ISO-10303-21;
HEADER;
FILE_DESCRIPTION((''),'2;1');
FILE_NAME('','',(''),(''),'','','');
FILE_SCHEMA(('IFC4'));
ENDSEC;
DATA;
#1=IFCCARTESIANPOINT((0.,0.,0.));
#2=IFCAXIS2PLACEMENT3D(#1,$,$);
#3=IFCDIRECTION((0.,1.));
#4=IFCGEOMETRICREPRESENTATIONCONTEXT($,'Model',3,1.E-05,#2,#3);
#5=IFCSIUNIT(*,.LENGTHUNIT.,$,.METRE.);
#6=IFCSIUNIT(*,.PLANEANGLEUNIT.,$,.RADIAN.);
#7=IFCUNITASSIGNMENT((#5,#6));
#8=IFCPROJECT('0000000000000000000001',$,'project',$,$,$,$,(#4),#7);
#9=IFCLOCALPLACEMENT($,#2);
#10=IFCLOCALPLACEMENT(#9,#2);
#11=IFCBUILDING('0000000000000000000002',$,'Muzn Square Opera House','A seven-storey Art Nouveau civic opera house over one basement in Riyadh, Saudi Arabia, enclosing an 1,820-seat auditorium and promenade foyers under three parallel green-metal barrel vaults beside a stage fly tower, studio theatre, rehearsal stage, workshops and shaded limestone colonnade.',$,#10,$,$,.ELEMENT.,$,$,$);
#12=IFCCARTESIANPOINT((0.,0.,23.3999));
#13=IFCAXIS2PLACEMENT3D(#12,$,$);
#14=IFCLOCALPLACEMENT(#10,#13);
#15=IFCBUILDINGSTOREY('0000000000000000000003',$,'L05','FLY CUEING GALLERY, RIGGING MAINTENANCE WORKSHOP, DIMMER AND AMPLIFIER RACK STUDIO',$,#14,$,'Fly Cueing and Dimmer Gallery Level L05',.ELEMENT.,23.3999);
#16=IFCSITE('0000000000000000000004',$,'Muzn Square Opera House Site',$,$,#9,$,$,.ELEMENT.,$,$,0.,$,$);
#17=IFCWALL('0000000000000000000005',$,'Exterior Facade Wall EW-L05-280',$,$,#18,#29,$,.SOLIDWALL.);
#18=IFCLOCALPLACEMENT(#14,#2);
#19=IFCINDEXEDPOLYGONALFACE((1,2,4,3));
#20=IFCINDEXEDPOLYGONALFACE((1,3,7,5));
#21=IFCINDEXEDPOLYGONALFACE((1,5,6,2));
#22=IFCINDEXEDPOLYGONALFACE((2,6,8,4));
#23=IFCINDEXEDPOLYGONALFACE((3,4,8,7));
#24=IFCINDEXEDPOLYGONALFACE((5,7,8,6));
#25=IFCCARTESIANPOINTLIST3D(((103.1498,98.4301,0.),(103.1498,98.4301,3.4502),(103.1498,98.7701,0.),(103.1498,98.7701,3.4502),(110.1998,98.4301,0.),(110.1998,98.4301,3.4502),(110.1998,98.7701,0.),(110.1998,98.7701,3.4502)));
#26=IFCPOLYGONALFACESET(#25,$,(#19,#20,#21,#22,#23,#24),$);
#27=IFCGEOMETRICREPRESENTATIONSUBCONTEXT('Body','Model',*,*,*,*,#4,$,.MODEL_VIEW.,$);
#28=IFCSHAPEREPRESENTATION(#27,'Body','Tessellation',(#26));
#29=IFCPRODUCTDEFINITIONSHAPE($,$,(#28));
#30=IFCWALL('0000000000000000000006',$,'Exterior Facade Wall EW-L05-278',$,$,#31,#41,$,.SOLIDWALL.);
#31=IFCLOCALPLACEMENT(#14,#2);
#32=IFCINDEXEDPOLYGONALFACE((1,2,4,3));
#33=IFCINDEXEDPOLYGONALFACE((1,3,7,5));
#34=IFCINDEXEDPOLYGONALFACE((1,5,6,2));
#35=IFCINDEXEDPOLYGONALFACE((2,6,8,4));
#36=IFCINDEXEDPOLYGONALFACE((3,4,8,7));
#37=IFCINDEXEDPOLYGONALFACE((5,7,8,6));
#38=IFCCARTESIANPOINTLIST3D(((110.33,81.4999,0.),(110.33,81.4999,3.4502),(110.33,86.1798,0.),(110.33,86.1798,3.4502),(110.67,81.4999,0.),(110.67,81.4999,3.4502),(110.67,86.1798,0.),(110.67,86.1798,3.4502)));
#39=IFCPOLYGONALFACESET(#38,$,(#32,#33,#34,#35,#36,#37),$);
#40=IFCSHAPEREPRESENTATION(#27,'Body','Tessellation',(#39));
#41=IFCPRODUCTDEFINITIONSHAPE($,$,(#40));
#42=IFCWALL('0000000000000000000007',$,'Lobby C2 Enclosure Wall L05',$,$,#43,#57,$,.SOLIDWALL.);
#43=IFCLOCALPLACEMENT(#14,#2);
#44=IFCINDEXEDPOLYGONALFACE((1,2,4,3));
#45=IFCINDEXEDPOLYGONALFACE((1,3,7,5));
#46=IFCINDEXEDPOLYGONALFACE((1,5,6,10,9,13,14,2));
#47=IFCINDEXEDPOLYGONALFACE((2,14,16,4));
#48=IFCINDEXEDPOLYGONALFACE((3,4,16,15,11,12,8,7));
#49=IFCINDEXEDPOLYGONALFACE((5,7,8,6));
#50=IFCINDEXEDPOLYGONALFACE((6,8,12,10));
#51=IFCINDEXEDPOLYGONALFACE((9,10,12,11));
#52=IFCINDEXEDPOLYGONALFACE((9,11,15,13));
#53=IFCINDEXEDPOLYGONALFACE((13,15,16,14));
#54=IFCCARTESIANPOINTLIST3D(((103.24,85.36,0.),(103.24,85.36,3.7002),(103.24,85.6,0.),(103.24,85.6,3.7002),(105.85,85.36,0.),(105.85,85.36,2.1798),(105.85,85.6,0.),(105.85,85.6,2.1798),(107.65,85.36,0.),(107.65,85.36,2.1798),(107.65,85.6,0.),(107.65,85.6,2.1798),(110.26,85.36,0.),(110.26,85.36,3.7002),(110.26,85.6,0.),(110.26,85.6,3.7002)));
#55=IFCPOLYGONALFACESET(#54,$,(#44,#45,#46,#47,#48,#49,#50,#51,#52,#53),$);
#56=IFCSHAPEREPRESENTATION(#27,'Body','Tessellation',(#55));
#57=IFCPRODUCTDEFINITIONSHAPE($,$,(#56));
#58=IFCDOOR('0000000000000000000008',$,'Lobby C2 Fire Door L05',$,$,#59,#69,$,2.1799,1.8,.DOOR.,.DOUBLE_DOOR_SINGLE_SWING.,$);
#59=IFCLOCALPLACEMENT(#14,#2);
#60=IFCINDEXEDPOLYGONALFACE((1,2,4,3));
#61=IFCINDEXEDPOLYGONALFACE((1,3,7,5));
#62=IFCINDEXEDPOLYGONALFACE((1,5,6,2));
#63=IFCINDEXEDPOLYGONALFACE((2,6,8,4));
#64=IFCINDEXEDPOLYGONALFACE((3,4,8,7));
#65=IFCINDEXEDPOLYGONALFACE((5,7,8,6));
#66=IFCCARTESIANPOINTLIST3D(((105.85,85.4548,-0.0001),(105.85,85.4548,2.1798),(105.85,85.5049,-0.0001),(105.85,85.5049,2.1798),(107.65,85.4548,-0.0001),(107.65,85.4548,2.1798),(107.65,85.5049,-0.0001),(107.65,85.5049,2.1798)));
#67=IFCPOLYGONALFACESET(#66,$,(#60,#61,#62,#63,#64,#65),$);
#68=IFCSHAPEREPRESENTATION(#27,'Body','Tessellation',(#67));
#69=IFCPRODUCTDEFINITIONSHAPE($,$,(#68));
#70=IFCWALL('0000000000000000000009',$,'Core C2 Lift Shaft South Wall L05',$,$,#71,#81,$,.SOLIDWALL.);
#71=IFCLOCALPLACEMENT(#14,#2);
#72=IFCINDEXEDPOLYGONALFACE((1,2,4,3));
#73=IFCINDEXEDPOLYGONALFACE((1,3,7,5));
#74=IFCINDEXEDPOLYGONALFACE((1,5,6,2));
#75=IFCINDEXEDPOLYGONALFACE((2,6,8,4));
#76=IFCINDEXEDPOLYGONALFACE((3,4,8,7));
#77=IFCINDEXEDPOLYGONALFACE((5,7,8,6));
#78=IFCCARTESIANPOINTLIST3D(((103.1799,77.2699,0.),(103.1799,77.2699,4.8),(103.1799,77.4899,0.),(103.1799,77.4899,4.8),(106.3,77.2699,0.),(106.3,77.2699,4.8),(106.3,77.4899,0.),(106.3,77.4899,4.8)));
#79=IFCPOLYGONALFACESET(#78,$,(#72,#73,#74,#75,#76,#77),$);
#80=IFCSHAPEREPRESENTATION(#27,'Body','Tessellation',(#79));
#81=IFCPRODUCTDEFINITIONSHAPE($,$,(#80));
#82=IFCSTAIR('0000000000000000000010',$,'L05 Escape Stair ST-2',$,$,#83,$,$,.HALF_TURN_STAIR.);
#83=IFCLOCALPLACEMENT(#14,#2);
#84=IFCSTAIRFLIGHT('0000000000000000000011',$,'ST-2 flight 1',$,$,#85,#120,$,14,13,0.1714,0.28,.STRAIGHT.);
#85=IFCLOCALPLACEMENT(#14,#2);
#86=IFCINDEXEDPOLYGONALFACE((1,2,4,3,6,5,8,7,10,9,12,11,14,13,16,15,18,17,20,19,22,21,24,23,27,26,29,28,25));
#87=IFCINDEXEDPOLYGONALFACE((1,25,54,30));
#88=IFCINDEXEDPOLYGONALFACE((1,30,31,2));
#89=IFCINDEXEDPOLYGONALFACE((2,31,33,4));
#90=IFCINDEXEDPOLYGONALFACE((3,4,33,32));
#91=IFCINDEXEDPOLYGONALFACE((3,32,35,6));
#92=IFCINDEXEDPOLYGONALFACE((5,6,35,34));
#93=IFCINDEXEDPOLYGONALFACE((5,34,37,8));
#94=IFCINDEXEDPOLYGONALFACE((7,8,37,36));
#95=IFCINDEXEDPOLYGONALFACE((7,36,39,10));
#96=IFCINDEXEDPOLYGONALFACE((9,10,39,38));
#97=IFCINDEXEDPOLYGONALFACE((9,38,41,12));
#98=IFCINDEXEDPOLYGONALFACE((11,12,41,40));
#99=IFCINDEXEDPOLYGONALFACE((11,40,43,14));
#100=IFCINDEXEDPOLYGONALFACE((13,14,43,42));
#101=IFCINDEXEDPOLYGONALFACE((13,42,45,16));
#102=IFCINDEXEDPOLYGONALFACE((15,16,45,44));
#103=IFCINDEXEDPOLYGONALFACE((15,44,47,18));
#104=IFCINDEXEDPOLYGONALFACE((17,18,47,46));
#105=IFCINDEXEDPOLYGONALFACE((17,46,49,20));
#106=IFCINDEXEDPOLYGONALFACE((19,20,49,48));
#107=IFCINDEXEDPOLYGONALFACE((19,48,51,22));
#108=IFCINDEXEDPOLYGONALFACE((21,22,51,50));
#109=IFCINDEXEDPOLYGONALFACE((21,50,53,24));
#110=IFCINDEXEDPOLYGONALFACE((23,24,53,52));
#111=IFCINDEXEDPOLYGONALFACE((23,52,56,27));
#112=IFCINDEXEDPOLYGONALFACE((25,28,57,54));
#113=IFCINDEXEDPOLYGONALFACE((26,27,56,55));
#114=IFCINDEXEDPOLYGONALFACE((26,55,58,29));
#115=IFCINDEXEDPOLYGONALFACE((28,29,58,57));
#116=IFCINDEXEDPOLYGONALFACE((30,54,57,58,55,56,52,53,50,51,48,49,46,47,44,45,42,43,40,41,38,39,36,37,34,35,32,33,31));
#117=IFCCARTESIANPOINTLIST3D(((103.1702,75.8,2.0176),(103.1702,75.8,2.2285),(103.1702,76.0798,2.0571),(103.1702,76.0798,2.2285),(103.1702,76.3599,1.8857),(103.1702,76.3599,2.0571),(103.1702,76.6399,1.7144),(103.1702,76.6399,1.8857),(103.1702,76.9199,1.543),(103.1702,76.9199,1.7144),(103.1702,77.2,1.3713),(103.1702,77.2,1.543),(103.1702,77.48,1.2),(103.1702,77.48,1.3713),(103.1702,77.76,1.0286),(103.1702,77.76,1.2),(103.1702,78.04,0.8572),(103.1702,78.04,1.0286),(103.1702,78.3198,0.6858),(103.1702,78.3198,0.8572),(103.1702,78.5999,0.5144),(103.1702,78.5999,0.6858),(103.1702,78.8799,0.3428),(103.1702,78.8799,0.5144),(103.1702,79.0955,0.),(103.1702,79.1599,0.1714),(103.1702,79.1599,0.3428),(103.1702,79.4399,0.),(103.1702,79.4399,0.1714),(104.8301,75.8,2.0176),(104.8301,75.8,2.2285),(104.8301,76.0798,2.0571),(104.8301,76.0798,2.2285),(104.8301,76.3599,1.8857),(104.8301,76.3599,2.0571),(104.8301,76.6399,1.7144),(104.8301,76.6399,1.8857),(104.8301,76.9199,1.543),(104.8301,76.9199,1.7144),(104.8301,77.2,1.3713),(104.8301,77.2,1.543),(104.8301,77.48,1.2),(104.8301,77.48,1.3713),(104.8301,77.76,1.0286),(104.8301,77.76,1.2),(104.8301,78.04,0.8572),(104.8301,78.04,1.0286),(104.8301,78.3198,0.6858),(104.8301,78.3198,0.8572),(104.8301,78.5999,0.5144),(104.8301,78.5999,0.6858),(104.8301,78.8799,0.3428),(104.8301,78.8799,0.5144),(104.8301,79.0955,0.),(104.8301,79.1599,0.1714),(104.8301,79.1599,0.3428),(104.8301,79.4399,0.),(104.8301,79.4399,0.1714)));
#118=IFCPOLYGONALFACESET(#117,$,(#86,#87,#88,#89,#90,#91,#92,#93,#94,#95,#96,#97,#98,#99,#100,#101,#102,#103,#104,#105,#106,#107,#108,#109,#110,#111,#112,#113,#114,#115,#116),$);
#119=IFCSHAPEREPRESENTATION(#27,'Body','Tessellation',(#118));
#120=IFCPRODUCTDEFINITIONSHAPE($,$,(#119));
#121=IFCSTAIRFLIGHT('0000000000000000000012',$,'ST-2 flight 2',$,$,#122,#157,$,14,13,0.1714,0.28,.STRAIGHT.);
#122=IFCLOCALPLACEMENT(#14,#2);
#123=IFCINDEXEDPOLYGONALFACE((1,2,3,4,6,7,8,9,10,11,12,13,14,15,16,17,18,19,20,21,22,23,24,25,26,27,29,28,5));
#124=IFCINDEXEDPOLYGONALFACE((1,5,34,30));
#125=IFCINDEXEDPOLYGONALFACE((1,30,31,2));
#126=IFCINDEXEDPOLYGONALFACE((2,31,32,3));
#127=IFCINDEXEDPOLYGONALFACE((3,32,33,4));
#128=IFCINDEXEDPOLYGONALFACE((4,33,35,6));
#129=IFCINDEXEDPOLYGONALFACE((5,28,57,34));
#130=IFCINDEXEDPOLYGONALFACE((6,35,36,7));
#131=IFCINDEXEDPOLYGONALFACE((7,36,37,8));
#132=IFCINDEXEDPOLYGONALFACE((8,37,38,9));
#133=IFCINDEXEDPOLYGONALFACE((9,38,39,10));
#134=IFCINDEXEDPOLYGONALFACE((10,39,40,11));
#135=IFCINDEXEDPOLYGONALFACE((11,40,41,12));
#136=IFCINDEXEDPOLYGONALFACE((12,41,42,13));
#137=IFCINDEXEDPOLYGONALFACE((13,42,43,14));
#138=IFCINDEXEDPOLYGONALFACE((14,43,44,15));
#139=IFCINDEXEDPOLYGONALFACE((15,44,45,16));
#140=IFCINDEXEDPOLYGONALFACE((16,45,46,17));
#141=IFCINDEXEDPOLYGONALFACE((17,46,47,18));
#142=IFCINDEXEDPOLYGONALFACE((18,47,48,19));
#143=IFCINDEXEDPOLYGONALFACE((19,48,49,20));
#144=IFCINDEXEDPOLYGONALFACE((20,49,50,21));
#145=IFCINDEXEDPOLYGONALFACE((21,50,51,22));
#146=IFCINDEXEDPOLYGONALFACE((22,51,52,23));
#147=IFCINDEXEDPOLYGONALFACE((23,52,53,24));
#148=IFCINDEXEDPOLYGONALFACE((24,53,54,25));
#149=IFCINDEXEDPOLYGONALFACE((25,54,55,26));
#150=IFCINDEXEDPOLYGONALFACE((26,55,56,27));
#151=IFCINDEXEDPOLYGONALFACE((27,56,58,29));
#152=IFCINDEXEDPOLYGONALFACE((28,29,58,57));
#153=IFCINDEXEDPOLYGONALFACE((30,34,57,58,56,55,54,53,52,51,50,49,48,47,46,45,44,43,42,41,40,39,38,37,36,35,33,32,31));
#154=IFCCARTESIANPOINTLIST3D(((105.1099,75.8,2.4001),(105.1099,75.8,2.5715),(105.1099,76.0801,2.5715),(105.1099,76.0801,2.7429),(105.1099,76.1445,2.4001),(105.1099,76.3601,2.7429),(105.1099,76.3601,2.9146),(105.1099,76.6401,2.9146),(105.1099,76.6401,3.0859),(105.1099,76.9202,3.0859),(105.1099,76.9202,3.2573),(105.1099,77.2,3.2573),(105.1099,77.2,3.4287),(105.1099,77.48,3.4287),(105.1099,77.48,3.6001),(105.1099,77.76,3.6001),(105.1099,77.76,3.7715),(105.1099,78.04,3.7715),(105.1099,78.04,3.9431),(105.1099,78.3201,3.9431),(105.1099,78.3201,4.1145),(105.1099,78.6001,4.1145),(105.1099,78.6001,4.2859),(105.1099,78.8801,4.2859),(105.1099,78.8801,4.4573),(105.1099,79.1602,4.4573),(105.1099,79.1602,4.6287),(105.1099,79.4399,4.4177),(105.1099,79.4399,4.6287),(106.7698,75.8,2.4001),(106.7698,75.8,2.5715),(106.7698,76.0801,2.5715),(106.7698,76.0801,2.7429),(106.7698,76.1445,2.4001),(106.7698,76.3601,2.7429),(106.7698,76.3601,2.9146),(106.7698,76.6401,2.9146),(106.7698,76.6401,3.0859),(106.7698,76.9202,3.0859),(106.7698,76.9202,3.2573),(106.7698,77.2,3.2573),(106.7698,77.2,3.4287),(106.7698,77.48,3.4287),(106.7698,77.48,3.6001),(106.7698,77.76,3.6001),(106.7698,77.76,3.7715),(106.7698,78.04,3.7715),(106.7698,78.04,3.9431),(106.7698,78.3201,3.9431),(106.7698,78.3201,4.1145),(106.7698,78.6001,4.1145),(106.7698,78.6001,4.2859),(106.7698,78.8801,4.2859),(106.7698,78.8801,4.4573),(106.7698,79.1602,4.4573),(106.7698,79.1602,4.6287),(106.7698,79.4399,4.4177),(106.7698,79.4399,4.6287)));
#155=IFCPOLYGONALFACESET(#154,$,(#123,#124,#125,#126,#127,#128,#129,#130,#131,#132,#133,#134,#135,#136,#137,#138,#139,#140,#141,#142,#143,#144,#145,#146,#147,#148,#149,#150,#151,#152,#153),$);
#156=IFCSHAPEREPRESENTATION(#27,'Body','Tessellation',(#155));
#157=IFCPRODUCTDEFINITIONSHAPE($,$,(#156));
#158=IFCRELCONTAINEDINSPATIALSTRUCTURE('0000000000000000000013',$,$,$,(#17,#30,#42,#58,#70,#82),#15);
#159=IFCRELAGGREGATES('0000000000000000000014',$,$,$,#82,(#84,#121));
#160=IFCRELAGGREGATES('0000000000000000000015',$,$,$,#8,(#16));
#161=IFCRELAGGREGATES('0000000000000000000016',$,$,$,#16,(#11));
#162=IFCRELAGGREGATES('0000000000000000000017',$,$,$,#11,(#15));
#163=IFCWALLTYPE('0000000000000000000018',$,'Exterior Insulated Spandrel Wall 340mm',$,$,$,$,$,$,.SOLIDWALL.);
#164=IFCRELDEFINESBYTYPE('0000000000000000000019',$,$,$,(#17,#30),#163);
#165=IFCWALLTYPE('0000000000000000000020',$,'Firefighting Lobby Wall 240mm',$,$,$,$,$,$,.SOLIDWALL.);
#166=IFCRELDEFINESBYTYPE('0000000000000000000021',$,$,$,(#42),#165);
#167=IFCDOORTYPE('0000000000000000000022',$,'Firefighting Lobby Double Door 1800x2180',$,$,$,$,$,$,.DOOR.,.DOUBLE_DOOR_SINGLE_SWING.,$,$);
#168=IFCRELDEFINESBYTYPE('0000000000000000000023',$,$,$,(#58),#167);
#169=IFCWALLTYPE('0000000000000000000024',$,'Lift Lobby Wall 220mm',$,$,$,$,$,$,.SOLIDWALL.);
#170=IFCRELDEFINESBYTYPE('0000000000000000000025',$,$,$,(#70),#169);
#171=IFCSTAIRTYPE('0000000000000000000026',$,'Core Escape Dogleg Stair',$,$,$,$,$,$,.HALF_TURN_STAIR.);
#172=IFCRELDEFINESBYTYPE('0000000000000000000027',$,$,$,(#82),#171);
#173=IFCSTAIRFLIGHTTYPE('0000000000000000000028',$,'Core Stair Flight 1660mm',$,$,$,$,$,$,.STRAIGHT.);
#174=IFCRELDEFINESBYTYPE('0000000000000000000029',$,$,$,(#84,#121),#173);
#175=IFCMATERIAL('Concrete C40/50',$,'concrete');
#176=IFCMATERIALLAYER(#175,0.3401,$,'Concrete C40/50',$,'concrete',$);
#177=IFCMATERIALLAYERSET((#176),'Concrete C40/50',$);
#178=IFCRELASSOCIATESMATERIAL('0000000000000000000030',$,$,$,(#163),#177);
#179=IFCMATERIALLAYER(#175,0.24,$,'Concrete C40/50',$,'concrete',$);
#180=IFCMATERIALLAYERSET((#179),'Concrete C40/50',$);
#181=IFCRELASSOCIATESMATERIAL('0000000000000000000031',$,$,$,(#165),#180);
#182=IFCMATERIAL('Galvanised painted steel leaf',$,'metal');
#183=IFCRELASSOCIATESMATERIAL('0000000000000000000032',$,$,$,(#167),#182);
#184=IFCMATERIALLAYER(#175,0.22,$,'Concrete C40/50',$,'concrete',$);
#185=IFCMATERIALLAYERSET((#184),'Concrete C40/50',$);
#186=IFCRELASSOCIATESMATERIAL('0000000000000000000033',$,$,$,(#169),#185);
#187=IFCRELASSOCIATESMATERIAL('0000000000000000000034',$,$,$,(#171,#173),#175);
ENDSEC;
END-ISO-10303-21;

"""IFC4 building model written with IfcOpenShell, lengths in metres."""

from ifc_helpers import new_model, si_unit, direction, frame, frame_2d, origin, place, context, subcontext, project, spatial, polyline, rectangle, outline, extrude, material, layer, layer_set, type_object, element, fill, aggregate, save


model = new_model("IFC4")

# Units and contexts
model_context = context("Model", 3, precision=1e-05, world=origin(), true_north=direction((0.0, 1.0)))
body_context = subcontext(model_context, "Body", "Model", "MODEL_VIEW")
ifc_project = project(units=[si_unit("LENGTHUNIT", "METRE"), si_unit("PLANEANGLEUNIT", "RADIAN")], contexts=[model_context])

# Site, building, storey
site_placement = place(None, origin())
site = spatial("IfcSite", under=ifc_project, at=site_placement, Name="Muzn Square Opera House Site", CompositionType="ELEMENT", RefElevation=0.0)
building_placement = place(site_placement, origin())
building = spatial("IfcBuilding", under=site, at=building_placement, Name="Muzn Square Opera House", Description="A seven-storey Art Nouveau civic opera house over one basement in Riyadh, Saudi Arabia, enclosing an 1,820-seat auditorium and promenade foyers under three parallel green-metal barrel vaults beside a stage fly tower, studio theatre, rehearsal stage, workshops and shaded limestone colonnade.", CompositionType="ELEMENT")
storey_placement = place(building_placement, frame((0.0, 0.0, 23.3999)))
storey = spatial("IfcBuildingStorey", under=building, at=storey_placement, Name="L05", Description="FLY CUEING GALLERY, RIGGING MAINTENANCE WORKSHOP, DIMMER AND AMPLIFIER RACK STUDIO", LongName="Fly Cueing and Dimmer Gallery Level L05", CompositionType="ELEMENT", Elevation=23.3999)

# Shared definitions
ifc_material_1 = material(Name="Concrete C40/50", Category="concrete")

# Walls
ifc_layer_1 = layer(ifc_material_1, 0.3401, Name="Concrete C40/50", Category="concrete")
ifc_layer_set_1 = layer_set([ifc_layer_1], Name="Concrete C40/50")
wall_type_1 = type_object("IfcWallType", Name="Exterior Insulated Spandrel Wall 340mm", PredefinedType="SOLIDWALL", material=ifc_layer_set_1)
wall_1_placement = place(storey_placement, frame((103.1499, 98.6001, 0.0), z_axis=(0.0, 0.0, 1.0), x_axis=(1.0, 0.0, 0.0)))
element("IfcWall", 1, at=wall_1_placement, inside=storey, type_object=wall_type_1, Name="Exterior Facade Wall EW-L05-280", PredefinedType="SOLIDWALL", context=body_context, shape_type="SweptSolid", body=[
    extrude(rectangle(XDim=7.05, YDim=0.3401, at=frame_2d((3.5249, 0.0))), origin(), (0.0, 0.0, 1.0), 3.4502),
])
wall_2_placement = place(storey_placement, frame((110.5, 81.5, 0.0), z_axis=(0.0, 0.0, 1.0), x_axis=(0.0, 1.0, 0.0)))
element("IfcWall", 2, at=wall_2_placement, inside=storey, type_object=wall_type_1, Name="Exterior Facade Wall EW-L05-278", PredefinedType="SOLIDWALL", context=body_context, shape_type="SweptSolid", body=[
    extrude(rectangle(XDim=4.6799, YDim=0.3401, at=frame_2d((2.3398, 0.0))), origin(), (0.0, 0.0, 1.0), 3.4502),
])

# Wall, opening, door
ifc_layer_2 = layer(ifc_material_1, 0.24, Name="Concrete C40/50", Category="concrete")
ifc_layer_set_2 = layer_set([ifc_layer_2], Name="Concrete C40/50")
wall_type_2 = type_object("IfcWallType", Name="Firefighting Lobby Wall 240mm", PredefinedType="SOLIDWALL", material=ifc_layer_set_2)
wall_3_placement = place(storey_placement, frame((103.24, 85.48, 0.0), z_axis=(0.0, 0.0, 1.0), x_axis=(1.0, 0.0, 0.0)))
wall_3 = element("IfcWall", 3, at=wall_3_placement, inside=storey, type_object=wall_type_2, Name="Lobby C2 Enclosure Wall L05", PredefinedType="SOLIDWALL", context=body_context, shape_type="SweptSolid", body=[
    extrude(rectangle(XDim=7.02, YDim=0.24, at=frame_2d((3.51, 0.0))), origin(), (0.0, 0.0, 1.0), 3.7002),
])
opening_1_placement = place(wall_3_placement, frame((2.6101, 0.0, 0.0)))
opening_1 = element("IfcOpeningElement", 4, at=opening_1_placement, cuts=wall_3, PredefinedType="OPENING", context=body_context, shape_type="SweptSolid", body=[
    extrude(rectangle(XDim=1.8, YDim=2.1799, at=frame_2d((0.8999, 1.0898))), frame((0.0, 0.1299, 0.0), z_axis=(0.0, -1.0, 0.0), x_axis=(1.0, 0.0, 0.0)), (0.0, 0.0, 1.0), 0.26),
])
ifc_material_2 = material(Name="Galvanised painted steel leaf", Category="metal")
door_type = type_object("IfcDoorType", Name="Firefighting Lobby Double Door 1800x2180", OperationType="DOUBLE_DOOR_SINGLE_SWING", PredefinedType="DOOR", material=ifc_material_2)
door_placement = place(opening_1_placement, origin())
door = element("IfcDoor", 5, at=door_placement, inside=storey, type_object=door_type, Name="Lobby C2 Fire Door L05", OperationType="DOUBLE_DOOR_SINGLE_SWING", OverallHeight=2.1799, OverallWidth=1.8, PredefinedType="DOOR", context=body_context, shape_type="SweptSolid", body=[
    extrude(rectangle(XDim=1.8, YDim=2.1799, at=frame_2d((0.8999, 1.0898))), frame((0.0, 0.0249, 0.0), z_axis=(0.0, -1.0, 0.0), x_axis=(1.0, 0.0, 0.0)), (0.0, 0.0, 1.0), 0.05),
])
fill(opening_1, door)

# Wall
ifc_layer_3 = layer(ifc_material_1, 0.22, Name="Concrete C40/50", Category="concrete")
ifc_layer_set_3 = layer_set([ifc_layer_3], Name="Concrete C40/50")
wall_type_3 = type_object("IfcWallType", Name="Lift Lobby Wall 220mm", PredefinedType="SOLIDWALL", material=ifc_layer_set_3)
wall_4_placement = place(storey_placement, frame((103.1799, 77.3799, 0.0), z_axis=(0.0, 0.0, 1.0), x_axis=(1.0, 0.0, 0.0)))
element("IfcWall", 6, at=wall_4_placement, inside=storey, type_object=wall_type_3, Name="Core C2 Lift Shaft South Wall L05", PredefinedType="SOLIDWALL", context=body_context, shape_type="SweptSolid", body=[
    extrude(rectangle(XDim=3.1201, YDim=0.22, at=frame_2d((1.5601, 0.0))), origin(), (0.0, 0.0, 1.0), 4.8),
])

# Stair, stair flights
stair_type = type_object("IfcStairType", Name="Core Escape Dogleg Stair", PredefinedType="HALF_TURN_STAIR", material=ifc_material_1)
stair_placement = place(storey_placement, origin())
stair = element("IfcStair", 7, at=stair_placement, inside=storey, type_object=stair_type, Name="L05 Escape Stair ST-2", PredefinedType="HALF_TURN_STAIR")
stair_flight_type = type_object("IfcStairFlightType", Name="Core Stair Flight 1660mm", PredefinedType="STRAIGHT", material=ifc_material_1)
stair_flight_1_placement = place(storey_placement, frame((104.0, 79.4399, 0.0), z_axis=(0.0, 0.0, 1.0), x_axis=(0.0, -1.0, 0.0)))
stair_flight_1 = element("IfcStairFlight", 8, at=stair_flight_1_placement, type_object=stair_flight_type, Name="ST-2 flight 1", NumberOfRisers=14, NumberOfTreads=13, PredefinedType="STRAIGHT", RiserHeight=0.1714, TreadLength=0.28, context=body_context, shape_type="SweptSolid", body=[
    extrude(outline(polyline([(0.0, 0.0), (0.0, 0.1714), (0.28, 0.1714), (0.28, 0.3428), (0.5601, 0.3428), (0.5601, 0.5144), (0.8401, 0.5144), (0.8401, 0.6858), (1.1201, 0.6858), (1.1201, 0.8572), (1.3999, 0.8572), (1.3999, 1.0286), (1.6799, 1.0286), (1.6799, 1.2), (1.96, 1.2), (1.96, 1.3713), (2.24, 1.3713), (2.24, 1.543), (2.52, 1.543), (2.52, 1.7144), (2.8, 1.7144), (2.8, 1.8857), (3.0801, 1.8857), (3.0801, 2.0571), (3.3601, 2.0571), (3.3601, 2.2285), (3.6399, 2.2285), (3.6399, 2.3999), (3.6399, 2.0176), (0.3445, 0.0), (0.0, 0.0)])), frame((0.0, 0.8301, 0.0), z_axis=(0.0, -1.0, 0.0), x_axis=(1.0, 0.0, 0.0)), (0.0, 0.0, 1.0), 1.6599),
])
stair_flight_2_placement = place(storey_placement, frame((105.9399, 75.8, 2.4001), z_axis=(0.0, 0.0, 1.0), x_axis=(0.0, 1.0, 0.0)))
stair_flight_2 = element("IfcStairFlight", 9, at=stair_flight_2_placement, type_object=stair_flight_type, Name="ST-2 flight 2", NumberOfRisers=14, NumberOfTreads=13, PredefinedType="STRAIGHT", RiserHeight=0.1714, TreadLength=0.28, context=body_context, shape_type="SweptSolid", body=[
    extrude(outline(polyline([(0.0, 0.0), (0.0, 0.1714), (0.28, 0.1714), (0.28, 0.3428), (0.5601, 0.3428), (0.5601, 0.5144), (0.8401, 0.5144), (0.8401, 0.6858), (1.1201, 0.6858), (1.1201, 0.8572), (1.3999, 0.8572), (1.3999, 1.0286), (1.6799, 1.0286), (1.6799, 1.2), (1.96, 1.2), (1.96, 1.3713), (2.24, 1.3713), (2.24, 1.543), (2.52, 1.543), (2.52, 1.7144), (2.8, 1.7144), (2.8, 1.8857), (3.0801, 1.8857), (3.0801, 2.0571), (3.3601, 2.0571), (3.3601, 2.2285), (3.6399, 2.2285), (3.6399, 2.3999), (3.6399, 2.0176), (0.3445, 0.0), (0.0, 0.0)])), frame((0.0, 0.8301, 0.0), z_axis=(0.0, -1.0, 0.0), x_axis=(1.0, 0.0, 0.0)), (0.0, 0.0, 1.0), 1.6599),
])
aggregate(stair, [stair_flight_1, stair_flight_2])

save(model, "model.ifc")
